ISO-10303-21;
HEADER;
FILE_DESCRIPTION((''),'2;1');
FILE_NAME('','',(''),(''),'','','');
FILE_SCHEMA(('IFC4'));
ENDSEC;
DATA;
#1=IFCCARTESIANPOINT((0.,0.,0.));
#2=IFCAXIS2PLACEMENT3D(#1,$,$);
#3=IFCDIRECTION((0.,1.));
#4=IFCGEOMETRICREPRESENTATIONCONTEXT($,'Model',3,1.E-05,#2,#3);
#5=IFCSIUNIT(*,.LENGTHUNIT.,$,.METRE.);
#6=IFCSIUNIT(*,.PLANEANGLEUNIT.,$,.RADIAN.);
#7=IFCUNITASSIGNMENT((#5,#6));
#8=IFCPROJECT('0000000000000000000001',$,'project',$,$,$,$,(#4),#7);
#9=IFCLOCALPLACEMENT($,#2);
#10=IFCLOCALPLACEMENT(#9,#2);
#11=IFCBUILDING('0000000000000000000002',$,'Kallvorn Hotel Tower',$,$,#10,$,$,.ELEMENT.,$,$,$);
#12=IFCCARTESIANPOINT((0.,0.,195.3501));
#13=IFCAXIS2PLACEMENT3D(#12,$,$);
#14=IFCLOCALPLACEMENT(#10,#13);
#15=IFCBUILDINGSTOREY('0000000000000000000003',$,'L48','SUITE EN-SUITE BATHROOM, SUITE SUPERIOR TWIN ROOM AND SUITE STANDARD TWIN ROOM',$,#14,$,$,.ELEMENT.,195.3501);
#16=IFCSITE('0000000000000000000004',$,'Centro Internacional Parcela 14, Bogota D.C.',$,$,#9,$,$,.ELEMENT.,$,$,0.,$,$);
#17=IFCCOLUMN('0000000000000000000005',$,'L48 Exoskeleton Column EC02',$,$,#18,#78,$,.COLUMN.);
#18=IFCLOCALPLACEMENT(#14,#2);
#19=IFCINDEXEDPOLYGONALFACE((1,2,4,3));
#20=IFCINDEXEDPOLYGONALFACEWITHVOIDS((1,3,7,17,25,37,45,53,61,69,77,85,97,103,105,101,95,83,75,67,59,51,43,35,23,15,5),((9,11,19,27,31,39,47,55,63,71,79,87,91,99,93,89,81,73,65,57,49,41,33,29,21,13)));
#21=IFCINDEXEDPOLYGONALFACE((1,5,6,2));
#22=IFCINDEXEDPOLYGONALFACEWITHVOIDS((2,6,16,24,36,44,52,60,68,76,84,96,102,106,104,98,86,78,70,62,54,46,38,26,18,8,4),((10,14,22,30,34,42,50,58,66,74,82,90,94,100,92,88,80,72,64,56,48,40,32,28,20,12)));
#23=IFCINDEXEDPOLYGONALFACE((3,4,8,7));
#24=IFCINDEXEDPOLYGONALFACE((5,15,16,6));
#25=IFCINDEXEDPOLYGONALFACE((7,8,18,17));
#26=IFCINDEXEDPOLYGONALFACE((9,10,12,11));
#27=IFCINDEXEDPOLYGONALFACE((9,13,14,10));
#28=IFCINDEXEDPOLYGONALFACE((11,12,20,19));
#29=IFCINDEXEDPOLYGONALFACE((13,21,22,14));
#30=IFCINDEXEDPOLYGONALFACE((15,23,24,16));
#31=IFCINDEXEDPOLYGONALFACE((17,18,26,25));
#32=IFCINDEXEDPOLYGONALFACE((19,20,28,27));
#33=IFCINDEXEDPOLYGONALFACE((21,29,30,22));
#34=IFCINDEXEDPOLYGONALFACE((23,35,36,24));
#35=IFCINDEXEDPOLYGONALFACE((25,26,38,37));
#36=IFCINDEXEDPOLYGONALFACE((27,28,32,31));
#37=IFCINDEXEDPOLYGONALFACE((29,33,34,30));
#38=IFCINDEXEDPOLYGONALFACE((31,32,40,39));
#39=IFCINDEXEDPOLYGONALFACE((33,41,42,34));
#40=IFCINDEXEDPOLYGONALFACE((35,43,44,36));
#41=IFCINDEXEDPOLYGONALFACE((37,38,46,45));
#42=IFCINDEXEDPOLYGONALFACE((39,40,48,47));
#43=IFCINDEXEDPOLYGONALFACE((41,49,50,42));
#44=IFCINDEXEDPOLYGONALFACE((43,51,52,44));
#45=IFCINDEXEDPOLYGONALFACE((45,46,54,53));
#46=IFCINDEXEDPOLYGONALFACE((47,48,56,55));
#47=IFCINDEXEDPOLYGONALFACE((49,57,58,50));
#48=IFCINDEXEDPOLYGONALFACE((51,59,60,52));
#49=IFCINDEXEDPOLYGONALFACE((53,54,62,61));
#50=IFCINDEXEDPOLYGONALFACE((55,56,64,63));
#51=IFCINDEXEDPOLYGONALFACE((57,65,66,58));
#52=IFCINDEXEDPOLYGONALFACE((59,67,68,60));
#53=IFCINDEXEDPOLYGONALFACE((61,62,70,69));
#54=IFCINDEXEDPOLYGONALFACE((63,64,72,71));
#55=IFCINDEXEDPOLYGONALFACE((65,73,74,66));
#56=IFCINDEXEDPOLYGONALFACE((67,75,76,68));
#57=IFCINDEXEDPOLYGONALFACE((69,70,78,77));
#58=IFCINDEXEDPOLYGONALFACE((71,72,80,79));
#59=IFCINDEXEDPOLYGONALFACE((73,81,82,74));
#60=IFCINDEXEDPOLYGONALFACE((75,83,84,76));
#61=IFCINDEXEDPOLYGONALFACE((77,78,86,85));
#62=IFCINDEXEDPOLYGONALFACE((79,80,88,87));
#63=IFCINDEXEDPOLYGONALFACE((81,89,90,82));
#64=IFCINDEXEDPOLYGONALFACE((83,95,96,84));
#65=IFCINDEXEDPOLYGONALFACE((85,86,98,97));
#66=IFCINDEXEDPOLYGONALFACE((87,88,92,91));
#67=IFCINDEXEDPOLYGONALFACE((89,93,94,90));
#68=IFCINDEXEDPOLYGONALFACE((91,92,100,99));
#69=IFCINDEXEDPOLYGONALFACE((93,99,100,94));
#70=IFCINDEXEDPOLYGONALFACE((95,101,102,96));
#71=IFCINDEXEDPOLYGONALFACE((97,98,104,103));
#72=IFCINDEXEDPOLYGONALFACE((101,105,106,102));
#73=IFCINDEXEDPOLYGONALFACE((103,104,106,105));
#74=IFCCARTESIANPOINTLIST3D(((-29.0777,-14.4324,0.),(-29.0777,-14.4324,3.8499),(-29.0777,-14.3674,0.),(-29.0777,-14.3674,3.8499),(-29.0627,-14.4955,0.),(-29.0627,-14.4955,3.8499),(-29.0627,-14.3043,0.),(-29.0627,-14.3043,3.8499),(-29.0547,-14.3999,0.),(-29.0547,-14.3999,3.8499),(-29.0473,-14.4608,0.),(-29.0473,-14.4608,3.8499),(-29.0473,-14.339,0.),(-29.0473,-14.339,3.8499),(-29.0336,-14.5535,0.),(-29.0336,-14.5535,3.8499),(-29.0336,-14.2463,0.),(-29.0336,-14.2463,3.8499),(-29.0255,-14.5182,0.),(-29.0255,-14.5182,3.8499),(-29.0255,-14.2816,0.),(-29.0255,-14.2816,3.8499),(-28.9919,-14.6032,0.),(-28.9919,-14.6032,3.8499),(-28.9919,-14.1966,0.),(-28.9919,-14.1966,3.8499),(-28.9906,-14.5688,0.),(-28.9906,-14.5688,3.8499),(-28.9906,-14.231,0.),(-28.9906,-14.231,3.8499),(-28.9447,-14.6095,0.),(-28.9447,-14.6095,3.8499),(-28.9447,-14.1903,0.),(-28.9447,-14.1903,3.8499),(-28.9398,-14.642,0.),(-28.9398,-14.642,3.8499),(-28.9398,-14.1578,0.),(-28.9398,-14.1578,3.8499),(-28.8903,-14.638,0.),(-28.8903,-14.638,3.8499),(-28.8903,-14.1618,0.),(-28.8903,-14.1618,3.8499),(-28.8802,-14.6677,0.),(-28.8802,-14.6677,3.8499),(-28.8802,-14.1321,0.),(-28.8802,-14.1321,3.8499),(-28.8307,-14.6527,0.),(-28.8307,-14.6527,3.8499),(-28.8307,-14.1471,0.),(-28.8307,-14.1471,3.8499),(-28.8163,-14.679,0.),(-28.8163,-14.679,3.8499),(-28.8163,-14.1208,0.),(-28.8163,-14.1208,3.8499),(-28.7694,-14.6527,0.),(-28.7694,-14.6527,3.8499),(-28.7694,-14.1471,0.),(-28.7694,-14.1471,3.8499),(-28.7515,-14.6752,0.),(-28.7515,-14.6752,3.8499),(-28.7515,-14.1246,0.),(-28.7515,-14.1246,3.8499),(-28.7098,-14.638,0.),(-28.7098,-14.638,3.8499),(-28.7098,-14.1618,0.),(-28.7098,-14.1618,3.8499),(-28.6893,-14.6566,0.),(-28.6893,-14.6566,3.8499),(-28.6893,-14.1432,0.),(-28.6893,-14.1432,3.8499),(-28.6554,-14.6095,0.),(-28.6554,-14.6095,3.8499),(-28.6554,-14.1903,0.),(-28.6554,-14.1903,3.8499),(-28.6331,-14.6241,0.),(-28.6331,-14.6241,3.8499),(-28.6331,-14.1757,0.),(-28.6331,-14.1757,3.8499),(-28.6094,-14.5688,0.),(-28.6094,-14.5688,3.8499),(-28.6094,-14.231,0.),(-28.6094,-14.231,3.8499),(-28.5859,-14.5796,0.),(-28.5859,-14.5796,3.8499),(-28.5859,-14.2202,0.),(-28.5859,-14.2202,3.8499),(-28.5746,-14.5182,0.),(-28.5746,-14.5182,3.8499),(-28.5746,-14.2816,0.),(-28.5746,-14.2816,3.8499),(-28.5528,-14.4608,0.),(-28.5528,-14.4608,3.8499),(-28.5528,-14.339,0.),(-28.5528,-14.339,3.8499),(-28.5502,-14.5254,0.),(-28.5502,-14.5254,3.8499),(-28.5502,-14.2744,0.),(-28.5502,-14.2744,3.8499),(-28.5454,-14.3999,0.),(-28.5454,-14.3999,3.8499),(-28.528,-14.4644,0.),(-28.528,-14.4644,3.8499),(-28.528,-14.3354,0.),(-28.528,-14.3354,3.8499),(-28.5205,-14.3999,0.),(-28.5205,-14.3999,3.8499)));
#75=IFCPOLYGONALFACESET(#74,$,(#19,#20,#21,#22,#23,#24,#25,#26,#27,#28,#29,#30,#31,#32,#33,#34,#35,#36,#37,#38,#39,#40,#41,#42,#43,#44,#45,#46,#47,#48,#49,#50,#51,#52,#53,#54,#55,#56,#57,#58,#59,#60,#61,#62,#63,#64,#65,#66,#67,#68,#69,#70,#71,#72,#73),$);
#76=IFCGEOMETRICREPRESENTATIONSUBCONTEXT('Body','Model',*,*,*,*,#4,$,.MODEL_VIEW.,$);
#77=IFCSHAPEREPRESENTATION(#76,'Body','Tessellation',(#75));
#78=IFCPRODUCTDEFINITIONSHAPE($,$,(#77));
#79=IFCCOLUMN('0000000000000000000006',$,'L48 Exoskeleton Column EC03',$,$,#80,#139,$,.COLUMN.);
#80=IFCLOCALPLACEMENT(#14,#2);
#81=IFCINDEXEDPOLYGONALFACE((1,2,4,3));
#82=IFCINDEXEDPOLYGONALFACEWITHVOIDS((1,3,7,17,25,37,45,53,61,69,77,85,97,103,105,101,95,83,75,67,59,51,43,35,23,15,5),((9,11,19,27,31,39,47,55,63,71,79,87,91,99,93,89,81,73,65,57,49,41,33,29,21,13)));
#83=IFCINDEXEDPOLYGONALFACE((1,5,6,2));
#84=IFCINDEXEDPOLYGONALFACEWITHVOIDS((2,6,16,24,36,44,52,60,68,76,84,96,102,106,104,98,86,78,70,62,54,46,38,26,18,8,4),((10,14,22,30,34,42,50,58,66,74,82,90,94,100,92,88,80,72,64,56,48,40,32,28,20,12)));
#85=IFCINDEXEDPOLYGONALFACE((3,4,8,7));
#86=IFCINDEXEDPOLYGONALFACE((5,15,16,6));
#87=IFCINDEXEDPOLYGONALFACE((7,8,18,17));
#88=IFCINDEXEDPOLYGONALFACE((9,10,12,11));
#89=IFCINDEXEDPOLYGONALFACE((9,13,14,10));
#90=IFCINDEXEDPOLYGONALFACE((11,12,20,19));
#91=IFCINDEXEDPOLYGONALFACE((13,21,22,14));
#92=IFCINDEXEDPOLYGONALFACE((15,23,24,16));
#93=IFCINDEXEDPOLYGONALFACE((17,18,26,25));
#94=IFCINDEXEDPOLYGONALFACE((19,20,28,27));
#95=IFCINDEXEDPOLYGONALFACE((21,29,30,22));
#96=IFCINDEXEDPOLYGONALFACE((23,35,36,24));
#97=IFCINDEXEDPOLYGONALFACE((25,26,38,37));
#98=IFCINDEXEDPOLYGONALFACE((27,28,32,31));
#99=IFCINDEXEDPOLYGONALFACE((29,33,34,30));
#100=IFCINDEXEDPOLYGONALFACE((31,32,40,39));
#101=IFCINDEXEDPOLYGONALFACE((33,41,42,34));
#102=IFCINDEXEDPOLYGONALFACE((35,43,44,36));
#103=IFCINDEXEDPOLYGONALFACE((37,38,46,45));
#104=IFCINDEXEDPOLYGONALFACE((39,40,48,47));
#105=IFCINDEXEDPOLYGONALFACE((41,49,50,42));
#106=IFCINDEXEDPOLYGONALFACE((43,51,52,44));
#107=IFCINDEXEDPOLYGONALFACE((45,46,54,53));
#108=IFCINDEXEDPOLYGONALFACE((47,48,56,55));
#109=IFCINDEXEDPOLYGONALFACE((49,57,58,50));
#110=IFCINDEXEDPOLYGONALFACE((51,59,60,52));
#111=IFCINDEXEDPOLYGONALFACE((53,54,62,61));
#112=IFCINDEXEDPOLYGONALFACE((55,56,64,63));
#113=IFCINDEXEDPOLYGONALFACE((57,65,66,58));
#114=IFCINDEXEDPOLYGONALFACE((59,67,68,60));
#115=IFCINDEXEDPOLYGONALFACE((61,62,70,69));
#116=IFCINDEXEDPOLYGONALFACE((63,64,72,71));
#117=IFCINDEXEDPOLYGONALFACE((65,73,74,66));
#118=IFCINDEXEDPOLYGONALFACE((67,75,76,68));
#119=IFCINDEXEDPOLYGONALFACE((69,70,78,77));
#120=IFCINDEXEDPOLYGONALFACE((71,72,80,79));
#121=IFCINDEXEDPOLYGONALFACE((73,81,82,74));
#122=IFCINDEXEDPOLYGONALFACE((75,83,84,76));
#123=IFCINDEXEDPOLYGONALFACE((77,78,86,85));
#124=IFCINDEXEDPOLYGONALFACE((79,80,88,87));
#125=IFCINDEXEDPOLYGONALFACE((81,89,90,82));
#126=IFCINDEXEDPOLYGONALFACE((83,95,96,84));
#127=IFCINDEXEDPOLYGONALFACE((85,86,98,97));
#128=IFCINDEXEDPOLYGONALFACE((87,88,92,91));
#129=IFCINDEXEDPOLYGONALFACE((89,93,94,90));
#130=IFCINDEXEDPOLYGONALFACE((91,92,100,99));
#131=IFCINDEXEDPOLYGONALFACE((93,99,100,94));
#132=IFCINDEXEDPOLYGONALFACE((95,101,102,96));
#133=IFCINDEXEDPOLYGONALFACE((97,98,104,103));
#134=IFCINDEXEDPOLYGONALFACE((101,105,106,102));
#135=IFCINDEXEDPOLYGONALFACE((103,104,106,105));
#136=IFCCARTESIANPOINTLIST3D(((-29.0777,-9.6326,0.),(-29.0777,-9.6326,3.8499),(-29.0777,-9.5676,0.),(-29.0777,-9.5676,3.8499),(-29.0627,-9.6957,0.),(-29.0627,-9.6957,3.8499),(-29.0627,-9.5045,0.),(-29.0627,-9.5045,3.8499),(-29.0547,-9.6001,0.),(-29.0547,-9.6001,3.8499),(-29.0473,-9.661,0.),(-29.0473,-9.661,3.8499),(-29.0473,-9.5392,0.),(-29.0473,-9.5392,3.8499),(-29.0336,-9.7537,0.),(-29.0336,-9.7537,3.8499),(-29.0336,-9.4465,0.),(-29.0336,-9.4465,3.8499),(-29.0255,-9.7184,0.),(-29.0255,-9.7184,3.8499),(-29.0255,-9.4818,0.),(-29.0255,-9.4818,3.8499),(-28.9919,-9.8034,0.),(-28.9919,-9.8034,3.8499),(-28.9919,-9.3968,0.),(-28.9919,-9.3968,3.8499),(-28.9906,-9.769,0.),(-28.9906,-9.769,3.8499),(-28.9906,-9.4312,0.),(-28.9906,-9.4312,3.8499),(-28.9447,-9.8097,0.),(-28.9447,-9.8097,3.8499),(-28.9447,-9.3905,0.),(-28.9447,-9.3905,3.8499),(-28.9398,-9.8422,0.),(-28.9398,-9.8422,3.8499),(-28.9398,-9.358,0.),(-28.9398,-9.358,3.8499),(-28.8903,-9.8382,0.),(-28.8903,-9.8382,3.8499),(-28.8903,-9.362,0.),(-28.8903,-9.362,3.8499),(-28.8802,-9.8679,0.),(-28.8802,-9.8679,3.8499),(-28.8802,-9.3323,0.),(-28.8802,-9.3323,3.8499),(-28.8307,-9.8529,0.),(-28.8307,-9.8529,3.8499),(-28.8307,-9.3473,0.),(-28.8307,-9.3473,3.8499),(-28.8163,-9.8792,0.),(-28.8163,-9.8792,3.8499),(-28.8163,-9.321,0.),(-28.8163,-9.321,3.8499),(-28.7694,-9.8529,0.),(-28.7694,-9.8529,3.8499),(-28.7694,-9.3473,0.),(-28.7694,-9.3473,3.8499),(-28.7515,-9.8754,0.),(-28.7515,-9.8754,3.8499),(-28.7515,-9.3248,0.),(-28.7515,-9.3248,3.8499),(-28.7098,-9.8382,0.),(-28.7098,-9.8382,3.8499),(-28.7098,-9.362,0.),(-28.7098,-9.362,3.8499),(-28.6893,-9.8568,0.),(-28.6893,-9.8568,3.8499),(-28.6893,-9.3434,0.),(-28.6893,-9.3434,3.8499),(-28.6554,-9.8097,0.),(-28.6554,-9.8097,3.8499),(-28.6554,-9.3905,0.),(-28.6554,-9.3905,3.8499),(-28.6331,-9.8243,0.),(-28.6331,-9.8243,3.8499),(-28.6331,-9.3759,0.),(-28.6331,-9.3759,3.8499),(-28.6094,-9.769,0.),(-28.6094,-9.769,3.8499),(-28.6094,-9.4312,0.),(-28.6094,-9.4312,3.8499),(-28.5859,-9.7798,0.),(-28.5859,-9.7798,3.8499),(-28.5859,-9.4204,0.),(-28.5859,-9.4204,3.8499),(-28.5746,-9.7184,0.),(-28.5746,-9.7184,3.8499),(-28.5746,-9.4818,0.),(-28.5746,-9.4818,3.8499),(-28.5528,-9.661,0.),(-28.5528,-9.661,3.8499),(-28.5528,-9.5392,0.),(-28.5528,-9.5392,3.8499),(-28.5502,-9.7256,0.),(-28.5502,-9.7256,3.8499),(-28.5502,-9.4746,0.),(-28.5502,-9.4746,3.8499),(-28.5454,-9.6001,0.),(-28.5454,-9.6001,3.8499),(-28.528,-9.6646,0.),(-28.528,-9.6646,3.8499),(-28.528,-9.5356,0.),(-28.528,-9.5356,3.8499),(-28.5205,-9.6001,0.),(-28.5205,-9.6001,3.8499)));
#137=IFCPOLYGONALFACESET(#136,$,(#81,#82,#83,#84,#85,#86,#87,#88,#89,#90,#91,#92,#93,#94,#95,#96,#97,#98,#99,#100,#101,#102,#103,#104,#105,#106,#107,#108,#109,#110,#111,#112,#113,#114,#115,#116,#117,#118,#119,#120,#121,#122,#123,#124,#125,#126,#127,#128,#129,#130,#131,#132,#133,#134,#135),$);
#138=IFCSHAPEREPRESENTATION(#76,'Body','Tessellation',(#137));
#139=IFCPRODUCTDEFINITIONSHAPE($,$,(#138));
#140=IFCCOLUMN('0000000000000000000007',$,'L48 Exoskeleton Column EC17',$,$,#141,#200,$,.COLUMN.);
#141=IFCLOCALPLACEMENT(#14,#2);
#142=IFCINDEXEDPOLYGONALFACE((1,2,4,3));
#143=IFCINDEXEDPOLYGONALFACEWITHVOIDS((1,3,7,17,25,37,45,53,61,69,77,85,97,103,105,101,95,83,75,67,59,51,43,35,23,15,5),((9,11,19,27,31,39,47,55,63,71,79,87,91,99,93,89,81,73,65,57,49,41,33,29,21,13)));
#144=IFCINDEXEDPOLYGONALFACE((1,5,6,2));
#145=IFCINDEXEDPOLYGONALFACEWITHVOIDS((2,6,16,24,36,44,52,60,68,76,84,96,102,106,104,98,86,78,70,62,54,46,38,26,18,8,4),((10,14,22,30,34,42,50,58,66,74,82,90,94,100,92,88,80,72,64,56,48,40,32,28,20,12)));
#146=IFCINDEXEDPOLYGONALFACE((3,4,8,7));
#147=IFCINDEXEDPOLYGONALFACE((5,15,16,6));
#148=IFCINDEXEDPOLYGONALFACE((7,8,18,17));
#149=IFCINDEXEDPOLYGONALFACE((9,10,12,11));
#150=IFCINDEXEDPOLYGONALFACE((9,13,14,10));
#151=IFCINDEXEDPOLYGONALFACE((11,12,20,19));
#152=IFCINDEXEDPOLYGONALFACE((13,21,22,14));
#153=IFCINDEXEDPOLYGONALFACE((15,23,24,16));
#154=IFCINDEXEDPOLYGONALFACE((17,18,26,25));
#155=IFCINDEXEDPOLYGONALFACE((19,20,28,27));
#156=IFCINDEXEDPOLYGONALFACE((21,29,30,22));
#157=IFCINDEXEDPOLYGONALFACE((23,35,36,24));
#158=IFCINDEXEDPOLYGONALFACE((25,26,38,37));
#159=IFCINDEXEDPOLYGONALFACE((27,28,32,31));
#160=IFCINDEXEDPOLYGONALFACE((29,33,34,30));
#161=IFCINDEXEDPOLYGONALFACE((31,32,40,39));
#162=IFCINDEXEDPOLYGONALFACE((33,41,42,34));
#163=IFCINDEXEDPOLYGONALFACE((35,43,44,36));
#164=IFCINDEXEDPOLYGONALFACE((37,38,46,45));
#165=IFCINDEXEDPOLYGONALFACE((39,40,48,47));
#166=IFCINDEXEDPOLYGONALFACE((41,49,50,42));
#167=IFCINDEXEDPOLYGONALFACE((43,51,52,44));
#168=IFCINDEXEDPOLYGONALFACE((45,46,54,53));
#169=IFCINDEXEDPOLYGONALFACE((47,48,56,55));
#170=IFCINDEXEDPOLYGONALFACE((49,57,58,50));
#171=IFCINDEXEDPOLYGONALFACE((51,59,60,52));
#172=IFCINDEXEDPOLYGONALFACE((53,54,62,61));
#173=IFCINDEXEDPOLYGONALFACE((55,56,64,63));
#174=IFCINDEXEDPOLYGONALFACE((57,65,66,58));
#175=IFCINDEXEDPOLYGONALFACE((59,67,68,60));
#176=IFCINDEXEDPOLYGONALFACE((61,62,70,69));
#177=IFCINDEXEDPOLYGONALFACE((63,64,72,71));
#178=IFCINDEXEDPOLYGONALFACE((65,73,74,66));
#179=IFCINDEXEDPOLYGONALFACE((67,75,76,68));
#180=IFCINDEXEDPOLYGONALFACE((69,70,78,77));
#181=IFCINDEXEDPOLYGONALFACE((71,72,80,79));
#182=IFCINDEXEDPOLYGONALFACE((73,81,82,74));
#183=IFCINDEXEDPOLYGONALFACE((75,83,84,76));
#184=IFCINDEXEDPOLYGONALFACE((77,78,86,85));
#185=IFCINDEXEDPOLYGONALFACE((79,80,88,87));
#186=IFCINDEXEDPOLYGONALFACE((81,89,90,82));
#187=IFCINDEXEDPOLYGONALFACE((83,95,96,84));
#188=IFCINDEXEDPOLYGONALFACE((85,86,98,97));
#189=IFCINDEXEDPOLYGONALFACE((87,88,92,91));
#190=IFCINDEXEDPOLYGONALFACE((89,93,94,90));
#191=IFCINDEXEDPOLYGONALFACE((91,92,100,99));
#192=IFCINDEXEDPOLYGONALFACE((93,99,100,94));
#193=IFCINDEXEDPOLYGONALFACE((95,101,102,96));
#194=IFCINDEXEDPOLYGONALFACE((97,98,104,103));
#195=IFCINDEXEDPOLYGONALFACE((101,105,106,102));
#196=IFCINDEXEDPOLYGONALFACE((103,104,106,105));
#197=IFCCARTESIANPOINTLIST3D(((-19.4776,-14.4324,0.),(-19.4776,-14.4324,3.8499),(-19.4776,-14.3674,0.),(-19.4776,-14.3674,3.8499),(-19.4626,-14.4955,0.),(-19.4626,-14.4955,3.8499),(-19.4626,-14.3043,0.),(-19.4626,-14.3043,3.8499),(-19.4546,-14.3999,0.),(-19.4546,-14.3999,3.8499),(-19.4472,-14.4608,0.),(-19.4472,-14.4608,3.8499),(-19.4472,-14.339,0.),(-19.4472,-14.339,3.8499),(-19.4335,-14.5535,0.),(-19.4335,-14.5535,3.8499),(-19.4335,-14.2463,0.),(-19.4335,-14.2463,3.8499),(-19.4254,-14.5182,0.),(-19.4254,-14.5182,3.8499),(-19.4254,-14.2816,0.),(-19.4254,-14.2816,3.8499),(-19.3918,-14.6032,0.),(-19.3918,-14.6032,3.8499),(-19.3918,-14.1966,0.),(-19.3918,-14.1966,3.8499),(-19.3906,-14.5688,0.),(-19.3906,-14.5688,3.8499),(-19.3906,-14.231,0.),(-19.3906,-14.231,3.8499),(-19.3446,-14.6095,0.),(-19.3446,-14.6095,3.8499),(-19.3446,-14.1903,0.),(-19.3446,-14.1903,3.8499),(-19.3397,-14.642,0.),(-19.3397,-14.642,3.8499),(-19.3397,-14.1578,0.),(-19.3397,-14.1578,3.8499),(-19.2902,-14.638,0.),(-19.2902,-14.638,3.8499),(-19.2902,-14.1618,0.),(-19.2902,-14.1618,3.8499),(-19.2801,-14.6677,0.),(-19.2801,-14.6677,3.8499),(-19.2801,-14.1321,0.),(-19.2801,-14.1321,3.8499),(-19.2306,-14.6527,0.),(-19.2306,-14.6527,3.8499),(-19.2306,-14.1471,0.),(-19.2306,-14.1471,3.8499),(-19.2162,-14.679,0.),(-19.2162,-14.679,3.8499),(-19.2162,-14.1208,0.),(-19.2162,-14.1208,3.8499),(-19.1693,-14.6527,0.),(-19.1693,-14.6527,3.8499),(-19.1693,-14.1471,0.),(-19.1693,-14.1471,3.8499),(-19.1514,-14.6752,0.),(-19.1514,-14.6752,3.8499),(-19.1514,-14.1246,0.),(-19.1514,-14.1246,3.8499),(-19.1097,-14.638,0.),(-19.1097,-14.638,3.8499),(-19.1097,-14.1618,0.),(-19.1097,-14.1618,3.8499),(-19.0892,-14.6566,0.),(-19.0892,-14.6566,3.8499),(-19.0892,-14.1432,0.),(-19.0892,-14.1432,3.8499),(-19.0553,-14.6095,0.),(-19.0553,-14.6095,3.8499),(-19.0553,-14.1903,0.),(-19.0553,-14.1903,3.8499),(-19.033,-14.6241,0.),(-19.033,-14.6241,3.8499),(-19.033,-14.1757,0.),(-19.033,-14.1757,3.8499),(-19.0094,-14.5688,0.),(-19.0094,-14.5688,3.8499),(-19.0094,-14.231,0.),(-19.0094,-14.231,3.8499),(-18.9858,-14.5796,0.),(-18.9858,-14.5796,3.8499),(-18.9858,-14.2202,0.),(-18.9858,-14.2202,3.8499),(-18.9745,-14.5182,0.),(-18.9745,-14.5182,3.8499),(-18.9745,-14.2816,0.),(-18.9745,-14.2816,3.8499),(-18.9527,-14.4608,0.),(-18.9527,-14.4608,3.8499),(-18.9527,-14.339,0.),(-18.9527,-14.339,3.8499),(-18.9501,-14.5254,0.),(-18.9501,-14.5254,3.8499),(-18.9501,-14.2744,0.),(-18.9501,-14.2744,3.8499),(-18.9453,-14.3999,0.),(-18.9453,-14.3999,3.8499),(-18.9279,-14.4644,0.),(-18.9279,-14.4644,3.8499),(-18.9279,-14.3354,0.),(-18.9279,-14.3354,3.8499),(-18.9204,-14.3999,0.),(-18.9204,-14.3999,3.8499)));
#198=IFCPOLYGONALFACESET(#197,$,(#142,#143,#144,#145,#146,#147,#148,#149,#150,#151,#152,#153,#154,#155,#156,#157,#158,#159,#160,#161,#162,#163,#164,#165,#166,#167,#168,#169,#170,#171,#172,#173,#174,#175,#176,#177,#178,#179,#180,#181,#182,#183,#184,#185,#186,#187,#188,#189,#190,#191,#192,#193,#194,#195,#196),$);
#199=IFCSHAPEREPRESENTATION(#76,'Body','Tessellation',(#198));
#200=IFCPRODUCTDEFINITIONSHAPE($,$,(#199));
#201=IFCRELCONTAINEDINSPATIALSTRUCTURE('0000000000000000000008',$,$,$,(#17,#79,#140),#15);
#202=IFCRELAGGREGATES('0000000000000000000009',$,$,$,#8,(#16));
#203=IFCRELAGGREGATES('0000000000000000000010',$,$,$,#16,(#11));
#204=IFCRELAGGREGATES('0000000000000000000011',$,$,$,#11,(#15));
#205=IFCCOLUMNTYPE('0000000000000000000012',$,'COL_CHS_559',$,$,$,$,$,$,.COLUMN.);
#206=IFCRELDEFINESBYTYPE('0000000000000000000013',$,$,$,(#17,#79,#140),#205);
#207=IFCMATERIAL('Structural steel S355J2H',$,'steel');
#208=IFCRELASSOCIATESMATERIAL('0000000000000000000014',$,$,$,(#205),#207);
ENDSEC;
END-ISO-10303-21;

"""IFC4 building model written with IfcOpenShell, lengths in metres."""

from ifc_helpers import new_model, si_unit, direction, frame, origin, origin_2d, place, context, subcontext, project, spatial, hollow_circle, extrude, material, material_profile, profile_set, type_object, element, save


model = new_model("IFC4")

# Units and contexts
model_context = context("Model", 3, precision=1e-05, world=origin(), true_north=direction((0.0, 1.0)))
body_context = subcontext(model_context, "Body", "Model", "MODEL_VIEW")
ifc_project = project(units=[si_unit("LENGTHUNIT", "METRE"), si_unit("PLANEANGLEUNIT", "RADIAN")], contexts=[model_context])

# Site, building, storey
site_placement = place(None, origin())
site = spatial("IfcSite", under=ifc_project, at=site_placement, Name="Centro Internacional Parcela 14, Bogota D.C.", CompositionType="ELEMENT", RefElevation=0.0)
building_placement = place(site_placement, origin())
building = spatial("IfcBuilding", under=site, at=building_placement, Name="Kallvorn Hotel Tower", CompositionType="ELEMENT")
storey_placement = place(building_placement, frame((0.0, 0.0, 195.3501)))
storey = spatial("IfcBuildingStorey", under=building, at=storey_placement, Name="L48", Description="SUITE EN-SUITE BATHROOM, SUITE SUPERIOR TWIN ROOM AND SUITE STANDARD TWIN ROOM", CompositionType="ELEMENT", Elevation=195.3501)

# Columns
ifc_material_1 = material(Name="Structural steel S355J2H", Category="steel")
ifc_material_profile_1 = material_profile(ifc_material_1, hollow_circle(Radius=0.2795, WallThickness=0.0249, at=origin_2d()), Name="CHS 559x25")
ifc_profile_set_1 = profile_set([ifc_material_profile_1], Name="Structural steel S355J2H")
column_type_1 = type_object("IfcColumnType", Name="COL_CHS_559", PredefinedType="COLUMN", material=ifc_profile_set_1)
for number, where, z_axis, x_axis, name in (
    (1, (-28.8, -14.3999, 0.0), (0.0, 0.0, 1.0), (1.0, 0.0, 0.0), "L48 Exoskeleton Column EC02"),
    (2, (-28.8, -9.6001, 0.0), (0.0, 0.0, 1.0), (1.0, 0.0, 0.0), "L48 Exoskeleton Column EC03"),
    (3, (-19.2, -14.3999, 0.0), (0.0, 0.0, 1.0), (1.0, 0.0, 0.0), "L48 Exoskeleton Column EC17"),
):
    element("IfcColumn", number, at=place(storey_placement, frame(where, z_axis=z_axis, x_axis=x_axis)), inside=storey, type_object=column_type_1, Name=name, PredefinedType="COLUMN", context=body_context, shape_type="SweptSolid", body=[
        extrude(hollow_circle(Radius=0.2795, WallThickness=0.0249, at=origin_2d()), origin(), (0.0, 0.0, 1.0), 3.8499),
    ])

save(model, "model.ifc")
